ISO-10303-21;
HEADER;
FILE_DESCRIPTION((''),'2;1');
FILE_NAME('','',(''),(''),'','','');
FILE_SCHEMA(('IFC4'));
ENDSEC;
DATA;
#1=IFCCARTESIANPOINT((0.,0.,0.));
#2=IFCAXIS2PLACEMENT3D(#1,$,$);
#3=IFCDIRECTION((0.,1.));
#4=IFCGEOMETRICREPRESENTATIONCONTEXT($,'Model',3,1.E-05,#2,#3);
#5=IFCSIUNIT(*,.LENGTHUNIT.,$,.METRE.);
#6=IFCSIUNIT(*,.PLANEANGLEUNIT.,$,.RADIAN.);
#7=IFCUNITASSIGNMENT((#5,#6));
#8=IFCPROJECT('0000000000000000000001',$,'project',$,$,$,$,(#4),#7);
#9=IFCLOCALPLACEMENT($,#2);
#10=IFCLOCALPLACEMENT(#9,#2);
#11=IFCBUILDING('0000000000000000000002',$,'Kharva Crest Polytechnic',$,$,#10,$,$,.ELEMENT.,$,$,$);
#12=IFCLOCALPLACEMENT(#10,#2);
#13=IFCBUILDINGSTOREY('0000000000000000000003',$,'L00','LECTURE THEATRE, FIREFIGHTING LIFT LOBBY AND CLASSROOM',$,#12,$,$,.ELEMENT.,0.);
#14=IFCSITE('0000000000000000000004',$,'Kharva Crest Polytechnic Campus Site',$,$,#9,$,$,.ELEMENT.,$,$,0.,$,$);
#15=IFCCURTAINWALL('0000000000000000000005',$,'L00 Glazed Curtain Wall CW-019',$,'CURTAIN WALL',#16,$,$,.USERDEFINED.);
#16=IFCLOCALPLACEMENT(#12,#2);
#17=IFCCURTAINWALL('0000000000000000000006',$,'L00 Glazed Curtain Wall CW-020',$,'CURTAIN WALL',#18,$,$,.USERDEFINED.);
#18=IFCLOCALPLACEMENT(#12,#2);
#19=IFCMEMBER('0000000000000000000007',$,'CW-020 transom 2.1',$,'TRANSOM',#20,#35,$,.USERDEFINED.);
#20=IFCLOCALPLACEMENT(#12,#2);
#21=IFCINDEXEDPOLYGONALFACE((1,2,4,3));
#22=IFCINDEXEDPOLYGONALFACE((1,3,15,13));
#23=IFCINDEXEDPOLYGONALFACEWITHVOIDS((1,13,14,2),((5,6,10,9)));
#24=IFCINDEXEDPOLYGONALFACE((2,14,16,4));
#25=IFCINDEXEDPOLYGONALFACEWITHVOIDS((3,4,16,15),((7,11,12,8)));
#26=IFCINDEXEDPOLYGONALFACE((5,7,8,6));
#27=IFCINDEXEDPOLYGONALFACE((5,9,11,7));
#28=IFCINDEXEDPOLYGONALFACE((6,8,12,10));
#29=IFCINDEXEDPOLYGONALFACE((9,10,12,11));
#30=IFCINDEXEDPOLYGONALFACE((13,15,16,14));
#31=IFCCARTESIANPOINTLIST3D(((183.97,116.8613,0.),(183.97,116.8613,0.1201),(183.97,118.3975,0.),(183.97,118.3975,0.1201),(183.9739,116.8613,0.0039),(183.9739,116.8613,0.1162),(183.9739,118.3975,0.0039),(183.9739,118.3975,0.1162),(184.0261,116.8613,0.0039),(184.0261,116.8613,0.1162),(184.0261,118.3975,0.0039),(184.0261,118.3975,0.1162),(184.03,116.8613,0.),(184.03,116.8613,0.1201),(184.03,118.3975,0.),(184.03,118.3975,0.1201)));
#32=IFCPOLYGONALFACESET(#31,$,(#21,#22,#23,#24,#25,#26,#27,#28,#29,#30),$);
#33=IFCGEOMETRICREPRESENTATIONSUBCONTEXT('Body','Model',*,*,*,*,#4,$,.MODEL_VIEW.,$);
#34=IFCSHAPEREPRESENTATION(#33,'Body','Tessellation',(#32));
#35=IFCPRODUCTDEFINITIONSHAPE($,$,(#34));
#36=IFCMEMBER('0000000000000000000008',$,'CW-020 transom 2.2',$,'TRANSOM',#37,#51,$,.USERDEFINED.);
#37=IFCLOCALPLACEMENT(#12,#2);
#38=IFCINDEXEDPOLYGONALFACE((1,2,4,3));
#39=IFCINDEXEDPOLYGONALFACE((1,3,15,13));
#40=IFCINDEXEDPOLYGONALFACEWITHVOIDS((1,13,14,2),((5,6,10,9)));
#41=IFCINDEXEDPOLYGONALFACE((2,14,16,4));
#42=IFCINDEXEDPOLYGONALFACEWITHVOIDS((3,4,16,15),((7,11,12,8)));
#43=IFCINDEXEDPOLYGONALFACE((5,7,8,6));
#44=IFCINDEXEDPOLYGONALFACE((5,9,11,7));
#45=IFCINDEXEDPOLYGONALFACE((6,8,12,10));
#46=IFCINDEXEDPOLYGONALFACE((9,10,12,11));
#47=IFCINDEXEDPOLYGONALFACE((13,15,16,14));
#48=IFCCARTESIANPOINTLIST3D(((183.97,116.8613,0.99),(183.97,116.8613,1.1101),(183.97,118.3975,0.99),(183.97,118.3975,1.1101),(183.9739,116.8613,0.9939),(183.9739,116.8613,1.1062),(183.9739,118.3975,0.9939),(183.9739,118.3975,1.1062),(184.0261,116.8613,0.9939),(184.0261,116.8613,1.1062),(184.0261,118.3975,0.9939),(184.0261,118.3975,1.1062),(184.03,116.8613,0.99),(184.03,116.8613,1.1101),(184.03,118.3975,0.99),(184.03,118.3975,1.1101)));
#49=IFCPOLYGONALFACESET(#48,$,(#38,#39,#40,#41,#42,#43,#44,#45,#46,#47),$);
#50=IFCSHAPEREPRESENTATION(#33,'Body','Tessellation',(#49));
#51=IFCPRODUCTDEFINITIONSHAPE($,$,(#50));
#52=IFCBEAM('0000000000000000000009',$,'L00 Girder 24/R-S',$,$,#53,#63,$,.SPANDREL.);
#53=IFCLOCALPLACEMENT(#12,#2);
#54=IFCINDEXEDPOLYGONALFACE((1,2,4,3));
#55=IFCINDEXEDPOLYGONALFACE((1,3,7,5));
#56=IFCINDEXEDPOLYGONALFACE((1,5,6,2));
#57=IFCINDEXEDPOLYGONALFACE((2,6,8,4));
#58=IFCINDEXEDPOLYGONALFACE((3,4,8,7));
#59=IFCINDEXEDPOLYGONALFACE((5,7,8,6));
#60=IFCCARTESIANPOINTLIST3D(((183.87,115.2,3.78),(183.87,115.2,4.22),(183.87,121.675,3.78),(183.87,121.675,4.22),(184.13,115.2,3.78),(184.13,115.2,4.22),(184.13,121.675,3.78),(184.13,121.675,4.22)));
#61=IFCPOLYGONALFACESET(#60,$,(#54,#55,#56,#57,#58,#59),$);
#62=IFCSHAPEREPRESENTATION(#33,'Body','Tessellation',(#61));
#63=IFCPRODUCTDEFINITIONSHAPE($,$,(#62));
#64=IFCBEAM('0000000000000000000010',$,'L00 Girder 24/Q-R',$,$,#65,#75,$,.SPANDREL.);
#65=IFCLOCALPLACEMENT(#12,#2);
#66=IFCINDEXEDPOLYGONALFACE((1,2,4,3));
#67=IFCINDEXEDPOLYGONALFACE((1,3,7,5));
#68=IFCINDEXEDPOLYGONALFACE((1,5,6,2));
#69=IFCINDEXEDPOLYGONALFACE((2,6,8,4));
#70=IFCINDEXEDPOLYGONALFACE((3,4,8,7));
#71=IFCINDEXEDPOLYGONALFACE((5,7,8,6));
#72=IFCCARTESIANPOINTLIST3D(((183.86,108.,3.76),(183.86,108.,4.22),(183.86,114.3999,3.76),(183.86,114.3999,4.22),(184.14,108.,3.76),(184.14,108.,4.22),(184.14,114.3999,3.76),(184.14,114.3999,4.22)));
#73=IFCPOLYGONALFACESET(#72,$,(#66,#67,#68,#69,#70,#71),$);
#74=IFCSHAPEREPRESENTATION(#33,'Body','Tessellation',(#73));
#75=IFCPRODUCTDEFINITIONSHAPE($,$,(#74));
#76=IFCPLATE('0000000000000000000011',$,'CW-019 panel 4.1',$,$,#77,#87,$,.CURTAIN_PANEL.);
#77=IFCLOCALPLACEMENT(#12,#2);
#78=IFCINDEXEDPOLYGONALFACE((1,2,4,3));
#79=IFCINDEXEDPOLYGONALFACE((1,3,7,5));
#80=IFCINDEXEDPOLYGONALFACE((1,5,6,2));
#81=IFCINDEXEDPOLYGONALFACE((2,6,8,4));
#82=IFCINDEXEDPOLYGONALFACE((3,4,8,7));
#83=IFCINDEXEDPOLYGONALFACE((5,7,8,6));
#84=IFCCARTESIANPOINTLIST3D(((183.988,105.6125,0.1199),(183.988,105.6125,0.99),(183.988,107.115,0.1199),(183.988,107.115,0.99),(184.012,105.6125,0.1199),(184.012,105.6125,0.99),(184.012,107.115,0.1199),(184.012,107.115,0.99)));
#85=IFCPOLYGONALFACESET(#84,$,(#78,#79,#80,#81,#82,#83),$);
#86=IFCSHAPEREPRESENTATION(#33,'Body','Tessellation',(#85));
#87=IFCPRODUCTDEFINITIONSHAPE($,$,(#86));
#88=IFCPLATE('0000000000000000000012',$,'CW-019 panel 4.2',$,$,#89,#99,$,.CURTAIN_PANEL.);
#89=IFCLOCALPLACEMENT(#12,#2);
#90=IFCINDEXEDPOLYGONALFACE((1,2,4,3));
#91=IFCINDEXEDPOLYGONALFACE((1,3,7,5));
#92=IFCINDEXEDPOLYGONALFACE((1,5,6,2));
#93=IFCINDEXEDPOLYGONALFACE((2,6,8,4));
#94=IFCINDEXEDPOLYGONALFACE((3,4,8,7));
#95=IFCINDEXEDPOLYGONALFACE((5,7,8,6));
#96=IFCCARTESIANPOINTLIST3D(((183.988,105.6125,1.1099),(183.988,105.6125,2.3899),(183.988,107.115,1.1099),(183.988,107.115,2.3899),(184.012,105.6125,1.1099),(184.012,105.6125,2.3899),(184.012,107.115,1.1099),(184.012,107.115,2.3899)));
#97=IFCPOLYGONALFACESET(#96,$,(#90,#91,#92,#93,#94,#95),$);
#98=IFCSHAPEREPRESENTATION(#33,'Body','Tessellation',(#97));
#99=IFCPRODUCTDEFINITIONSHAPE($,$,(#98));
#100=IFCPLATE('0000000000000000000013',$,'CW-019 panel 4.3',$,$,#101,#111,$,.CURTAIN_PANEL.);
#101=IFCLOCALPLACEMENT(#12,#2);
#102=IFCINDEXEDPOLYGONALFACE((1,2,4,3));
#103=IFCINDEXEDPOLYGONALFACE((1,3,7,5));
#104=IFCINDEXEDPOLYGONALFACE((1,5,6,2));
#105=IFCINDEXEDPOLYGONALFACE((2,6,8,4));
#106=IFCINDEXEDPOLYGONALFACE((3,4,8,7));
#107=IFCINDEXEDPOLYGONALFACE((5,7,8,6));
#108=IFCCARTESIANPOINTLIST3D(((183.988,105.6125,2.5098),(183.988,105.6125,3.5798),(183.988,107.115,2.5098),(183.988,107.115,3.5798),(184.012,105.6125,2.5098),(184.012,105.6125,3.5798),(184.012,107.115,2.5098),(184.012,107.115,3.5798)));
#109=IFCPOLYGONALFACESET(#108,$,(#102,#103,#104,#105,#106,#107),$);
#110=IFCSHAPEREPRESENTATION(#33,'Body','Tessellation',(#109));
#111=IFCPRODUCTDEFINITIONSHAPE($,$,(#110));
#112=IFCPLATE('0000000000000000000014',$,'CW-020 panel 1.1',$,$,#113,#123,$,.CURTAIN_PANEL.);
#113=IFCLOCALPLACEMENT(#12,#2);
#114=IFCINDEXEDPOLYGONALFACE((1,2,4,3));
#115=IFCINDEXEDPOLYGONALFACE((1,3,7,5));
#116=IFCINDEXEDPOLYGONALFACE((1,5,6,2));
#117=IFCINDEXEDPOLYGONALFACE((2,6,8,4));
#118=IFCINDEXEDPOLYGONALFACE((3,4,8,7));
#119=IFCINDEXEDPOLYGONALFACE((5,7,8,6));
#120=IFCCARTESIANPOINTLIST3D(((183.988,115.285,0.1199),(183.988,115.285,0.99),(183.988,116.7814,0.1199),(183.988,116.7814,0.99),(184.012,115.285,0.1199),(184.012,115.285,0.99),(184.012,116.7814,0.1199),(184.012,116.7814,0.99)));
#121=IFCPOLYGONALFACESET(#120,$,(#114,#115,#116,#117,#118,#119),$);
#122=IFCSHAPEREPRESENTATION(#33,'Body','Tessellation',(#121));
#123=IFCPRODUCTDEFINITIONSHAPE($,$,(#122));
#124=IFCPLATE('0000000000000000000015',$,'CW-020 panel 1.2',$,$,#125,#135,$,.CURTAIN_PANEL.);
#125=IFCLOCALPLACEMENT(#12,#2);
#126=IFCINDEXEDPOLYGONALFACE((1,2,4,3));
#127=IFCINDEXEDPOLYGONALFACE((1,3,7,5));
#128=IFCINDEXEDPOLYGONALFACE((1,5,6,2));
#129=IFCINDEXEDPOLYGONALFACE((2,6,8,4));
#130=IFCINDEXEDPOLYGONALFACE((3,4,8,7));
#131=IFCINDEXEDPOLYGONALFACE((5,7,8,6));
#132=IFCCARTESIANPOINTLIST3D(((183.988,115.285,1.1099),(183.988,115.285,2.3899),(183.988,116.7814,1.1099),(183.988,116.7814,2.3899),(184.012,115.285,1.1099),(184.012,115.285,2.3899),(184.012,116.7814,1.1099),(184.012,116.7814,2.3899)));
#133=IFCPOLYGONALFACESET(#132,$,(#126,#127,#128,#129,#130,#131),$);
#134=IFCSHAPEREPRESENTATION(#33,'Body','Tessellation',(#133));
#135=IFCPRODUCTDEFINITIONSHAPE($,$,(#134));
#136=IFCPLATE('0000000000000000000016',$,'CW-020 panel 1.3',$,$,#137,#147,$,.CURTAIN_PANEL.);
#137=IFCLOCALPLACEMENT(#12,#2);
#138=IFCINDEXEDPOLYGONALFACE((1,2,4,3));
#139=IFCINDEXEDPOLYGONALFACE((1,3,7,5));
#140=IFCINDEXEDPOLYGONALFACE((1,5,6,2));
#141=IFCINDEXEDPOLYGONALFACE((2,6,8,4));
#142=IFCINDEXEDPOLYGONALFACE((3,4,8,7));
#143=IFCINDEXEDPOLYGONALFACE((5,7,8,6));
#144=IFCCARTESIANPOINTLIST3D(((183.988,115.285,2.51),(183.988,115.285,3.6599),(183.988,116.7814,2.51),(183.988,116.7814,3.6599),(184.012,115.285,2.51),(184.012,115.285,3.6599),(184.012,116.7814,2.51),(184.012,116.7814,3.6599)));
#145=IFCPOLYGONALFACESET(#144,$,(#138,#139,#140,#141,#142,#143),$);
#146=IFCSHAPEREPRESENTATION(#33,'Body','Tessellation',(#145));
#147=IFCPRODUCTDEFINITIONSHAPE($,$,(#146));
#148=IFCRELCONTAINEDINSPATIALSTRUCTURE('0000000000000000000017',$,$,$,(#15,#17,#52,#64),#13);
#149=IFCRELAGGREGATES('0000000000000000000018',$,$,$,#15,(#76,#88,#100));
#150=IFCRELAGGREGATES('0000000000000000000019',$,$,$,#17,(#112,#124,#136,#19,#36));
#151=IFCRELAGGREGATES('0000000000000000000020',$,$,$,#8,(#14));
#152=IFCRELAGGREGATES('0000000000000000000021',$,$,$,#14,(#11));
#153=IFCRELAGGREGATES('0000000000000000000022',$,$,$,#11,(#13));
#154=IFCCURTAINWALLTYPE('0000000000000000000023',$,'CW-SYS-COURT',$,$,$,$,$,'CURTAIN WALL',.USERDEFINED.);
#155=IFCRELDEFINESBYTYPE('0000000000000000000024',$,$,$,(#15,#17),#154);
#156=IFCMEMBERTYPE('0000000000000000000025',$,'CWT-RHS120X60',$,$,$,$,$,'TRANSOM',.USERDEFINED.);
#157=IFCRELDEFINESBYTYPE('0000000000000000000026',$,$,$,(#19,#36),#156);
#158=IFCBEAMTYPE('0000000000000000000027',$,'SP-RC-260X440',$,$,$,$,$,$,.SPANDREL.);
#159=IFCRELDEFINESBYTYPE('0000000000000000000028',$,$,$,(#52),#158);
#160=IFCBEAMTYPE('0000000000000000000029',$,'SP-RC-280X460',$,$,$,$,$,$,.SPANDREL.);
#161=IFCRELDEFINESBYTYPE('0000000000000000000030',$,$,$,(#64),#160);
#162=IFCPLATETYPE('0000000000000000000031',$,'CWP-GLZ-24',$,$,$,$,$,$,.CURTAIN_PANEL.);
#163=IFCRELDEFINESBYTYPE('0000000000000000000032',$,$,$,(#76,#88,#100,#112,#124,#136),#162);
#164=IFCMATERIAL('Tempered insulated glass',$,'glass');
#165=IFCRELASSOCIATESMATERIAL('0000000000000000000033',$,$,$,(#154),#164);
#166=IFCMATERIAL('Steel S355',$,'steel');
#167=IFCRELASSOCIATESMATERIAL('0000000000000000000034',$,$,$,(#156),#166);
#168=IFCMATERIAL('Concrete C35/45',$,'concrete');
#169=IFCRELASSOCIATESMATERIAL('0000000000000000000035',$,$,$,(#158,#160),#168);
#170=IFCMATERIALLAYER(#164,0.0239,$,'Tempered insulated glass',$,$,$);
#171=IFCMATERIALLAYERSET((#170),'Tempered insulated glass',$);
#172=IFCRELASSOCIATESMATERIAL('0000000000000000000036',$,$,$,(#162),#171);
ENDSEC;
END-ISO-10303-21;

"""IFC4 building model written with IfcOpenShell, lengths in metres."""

from ifc_helpers import new_model, si_unit, direction, frame, origin, origin_2d, place, context, subcontext, project, spatial, rectangle, hollow_rectangle, extrude, material, layer, layer_set, material_profile, profile_set, type_object, element, aggregate, save


model = new_model("IFC4")

# Units and contexts
model_context = context("Model", 3, precision=1e-05, world=origin(), true_north=direction((0.0, 1.0)))
body_context = subcontext(model_context, "Body", "Model", "MODEL_VIEW")
ifc_project = project(units=[si_unit("LENGTHUNIT", "METRE"), si_unit("PLANEANGLEUNIT", "RADIAN")], contexts=[model_context])

# Site, building, storey
site_placement = place(None, origin())
site = spatial("IfcSite", under=ifc_project, at=site_placement, Name="Kharva Crest Polytechnic Campus Site", CompositionType="ELEMENT", RefElevation=0.0)
building_placement = place(site_placement, origin())
building = spatial("IfcBuilding", under=site, at=building_placement, Name="Kharva Crest Polytechnic", CompositionType="ELEMENT")
storey_placement = place(building_placement, origin())
storey = spatial("IfcBuildingStorey", under=building, at=storey_placement, Name="L00", Description="LECTURE THEATRE, FIREFIGHTING LIFT LOBBY AND CLASSROOM", CompositionType="ELEMENT", Elevation=0.0)

# Shared definitions
ifc_material_1 = material(Name="Concrete C35/45", Category="concrete")

# Curtain wall
ifc_material_2 = material(Name="Tempered insulated glass", Category="glass")
curtain_wall_type = type_object("IfcCurtainWallType", Name="CW-SYS-COURT", ElementType="CURTAIN WALL", PredefinedType="USERDEFINED", material=ifc_material_2)
curtain_wall_1_placement = place(storey_placement, origin())
curtain_wall_1 = element("IfcCurtainWall", 1, at=curtain_wall_1_placement, inside=storey, type_object=curtain_wall_type, Name="L00 Glazed Curtain Wall CW-019", ObjectType="CURTAIN WALL", PredefinedType="USERDEFINED")
ifc_material_3 = material(Name="Steel S355", Category="steel")

# Curtain wall
curtain_wall_2_placement = place(storey_placement, origin())
curtain_wall_2 = element("IfcCurtainWall", 2, at=curtain_wall_2_placement, inside=storey, type_object=curtain_wall_type, Name="L00 Glazed Curtain Wall CW-020", ObjectType="CURTAIN WALL", PredefinedType="USERDEFINED")

# Members
ifc_material_profile_1 = material_profile(ifc_material_3, hollow_rectangle(XDim=0.0601, YDim=0.1201, WallThickness=0.0039, at=origin_2d()), Name="RHS 120X60X4.0")
ifc_profile_set_1 = profile_set([ifc_material_profile_1], Name="Steel S355")
member_type_1 = type_object("IfcMemberType", Name="CWT-RHS120X60", ElementType="TRANSOM", PredefinedType="USERDEFINED", material=ifc_profile_set_1)
member_1_placement = place(storey_placement, frame((184.0, 116.8613, 0.0601), z_axis=(0.0, 1.0, 0.0), x_axis=(-1.0, 0.0, 0.0)))
member_1 = element("IfcMember", 3, at=member_1_placement, type_object=member_type_1, Name="CW-020 transom 2.1", ObjectType="TRANSOM", PredefinedType="USERDEFINED", context=body_context, shape_type="SweptSolid", body=[
    extrude(hollow_rectangle(XDim=0.0601, YDim=0.1201, WallThickness=0.0039, at=origin_2d()), origin(), (0.0, 0.0, 1.0), 1.5361),
])
member_2_placement = place(storey_placement, frame((184.0, 116.8613, 1.05), z_axis=(0.0, 1.0, 0.0), x_axis=(-1.0, 0.0, 0.0)))
member_2 = element("IfcMember", 4, at=member_2_placement, type_object=member_type_1, Name="CW-020 transom 2.2", ObjectType="TRANSOM", PredefinedType="USERDEFINED", context=body_context, shape_type="SweptSolid", body=[
    extrude(hollow_rectangle(XDim=0.0601, YDim=0.1201, WallThickness=0.0039, at=origin_2d()), origin(), (0.0, 0.0, 1.0), 1.5361),
])

# Beams
ifc_material_profile_2 = material_profile(ifc_material_1, rectangle(XDim=0.26, YDim=0.4399, at=origin_2d()), Name="RECT 260 X 440")
ifc_profile_set_2 = profile_set([ifc_material_profile_2], Name="Concrete C35/45")
beam_type_1 = type_object("IfcBeamType", Name="SP-RC-260X440", PredefinedType="SPANDREL", material=ifc_profile_set_2)
beam_1_placement = place(storey_placement, frame((184.0, 115.2, 4.0), z_axis=(0.0, 1.0, 0.0), x_axis=(-1.0, 0.0, 0.0)))
element("IfcBeam", 5, at=beam_1_placement, inside=storey, type_object=beam_type_1, Name="L00 Girder 24/R-S", PredefinedType="SPANDREL", context=body_context, shape_type="SweptSolid", body=[
    extrude(rectangle(XDim=0.26, YDim=0.4399, at=origin_2d()), origin(), (0.0, 0.0, 1.0), 6.4751),
])
ifc_material_profile_3 = material_profile(ifc_material_1, rectangle(XDim=0.28, YDim=0.46, at=origin_2d()), Name="RECT 280 X 460")
ifc_profile_set_3 = profile_set([ifc_material_profile_3], Name="Concrete C35/45")
beam_type_2 = type_object("IfcBeamType", Name="SP-RC-280X460", PredefinedType="SPANDREL", material=ifc_profile_set_3)
beam_2_placement = place(storey_placement, frame((184.0, 108.0, 3.99), z_axis=(0.0, 1.0, 0.0), x_axis=(-1.0, 0.0, 0.0)))
element("IfcBeam", 6, at=beam_2_placement, inside=storey, type_object=beam_type_2, Name="L00 Girder 24/Q-R", PredefinedType="SPANDREL", context=body_context, shape_type="SweptSolid", body=[
    extrude(rectangle(XDim=0.28, YDim=0.46, at=origin_2d()), origin(), (0.0, 0.0, 1.0), 6.3999),
])

# Plates
ifc_layer_1 = layer(ifc_material_2, 0.0239, Name="Tempered insulated glass")
ifc_layer_set_1 = layer_set([ifc_layer_1], Name="Tempered insulated glass")
plate_type = type_object("IfcPlateType", Name="CWP-GLZ-24", PredefinedType="CURTAIN_PANEL", material=ifc_layer_set_1)
plate_1_placement = place(storey_placement, frame((184.0, 106.3638, 0.1199), z_axis=(0.0, 0.0, 1.0), x_axis=(0.0, 1.0, 0.0)))
plate_1 = element("IfcPlate", 7, at=plate_1_placement, type_object=plate_type, Name="CW-019 panel 4.1", PredefinedType="CURTAIN_PANEL", context=body_context, shape_type="SweptSolid", body=[
    extrude(rectangle(XDim=1.5024, YDim=0.0239, at=origin_2d()), origin(), (0.0, 0.0, 1.0), 0.8701),
])
plate_2_placement = place(storey_placement, frame((184.0, 106.3638, 1.1099), z_axis=(0.0, 0.0, 1.0), x_axis=(0.0, 1.0, 0.0)))
plate_2 = element("IfcPlate", 8, at=plate_2_placement, type_object=plate_type, Name="CW-019 panel 4.2", PredefinedType="CURTAIN_PANEL", context=body_context, shape_type="SweptSolid", body=[
    extrude(rectangle(XDim=1.5024, YDim=0.0239, at=origin_2d()), origin(), (0.0, 0.0, 1.0), 1.28),
])
plate_3_placement = place(storey_placement, frame((184.0, 106.3638, 2.5098), z_axis=(0.0, 0.0, 1.0), x_axis=(0.0, 1.0, 0.0)))
plate_3 = element("IfcPlate", 9, at=plate_3_placement, type_object=plate_type, Name="CW-019 panel 4.3", PredefinedType="CURTAIN_PANEL", context=body_context, shape_type="SweptSolid", body=[
    extrude(rectangle(XDim=1.5024, YDim=0.0239, at=origin_2d()), origin(), (0.0, 0.0, 1.0), 1.0701),
])
aggregate(curtain_wall_1, [plate_1, plate_2, plate_3])
plate_4_placement = place(storey_placement, frame((184.0, 116.0332, 0.1199), z_axis=(0.0, 0.0, 1.0), x_axis=(0.0, 1.0, 0.0)))
plate_4 = element("IfcPlate", 10, at=plate_4_placement, type_object=plate_type, Name="CW-020 panel 1.1", PredefinedType="CURTAIN_PANEL", context=body_context, shape_type="SweptSolid", body=[
    extrude(rectangle(XDim=1.4963, YDim=0.0239, at=origin_2d()), origin(), (0.0, 0.0, 1.0), 0.8701),
])
plate_5_placement = place(storey_placement, frame((184.0, 116.0332, 1.1099), z_axis=(0.0, 0.0, 1.0), x_axis=(0.0, 1.0, 0.0)))
plate_5 = element("IfcPlate", 11, at=plate_5_placement, type_object=plate_type, Name="CW-020 panel 1.2", PredefinedType="CURTAIN_PANEL", context=body_context, shape_type="SweptSolid", body=[
    extrude(rectangle(XDim=1.4963, YDim=0.0239, at=origin_2d()), origin(), (0.0, 0.0, 1.0), 1.28),
])
plate_6_placement = place(storey_placement, frame((184.0, 116.0332, 2.51), z_axis=(0.0, 0.0, 1.0), x_axis=(0.0, 1.0, 0.0)))
plate_6 = element("IfcPlate", 12, at=plate_6_placement, type_object=plate_type, Name="CW-020 panel 1.3", PredefinedType="CURTAIN_PANEL", context=body_context, shape_type="SweptSolid", body=[
    extrude(rectangle(XDim=1.4963, YDim=0.0239, at=origin_2d()), origin(), (0.0, 0.0, 1.0), 1.1499),
])
aggregate(curtain_wall_2, [plate_4, plate_5, plate_6, member_1, member_2])

save(model, "model.ifc")
